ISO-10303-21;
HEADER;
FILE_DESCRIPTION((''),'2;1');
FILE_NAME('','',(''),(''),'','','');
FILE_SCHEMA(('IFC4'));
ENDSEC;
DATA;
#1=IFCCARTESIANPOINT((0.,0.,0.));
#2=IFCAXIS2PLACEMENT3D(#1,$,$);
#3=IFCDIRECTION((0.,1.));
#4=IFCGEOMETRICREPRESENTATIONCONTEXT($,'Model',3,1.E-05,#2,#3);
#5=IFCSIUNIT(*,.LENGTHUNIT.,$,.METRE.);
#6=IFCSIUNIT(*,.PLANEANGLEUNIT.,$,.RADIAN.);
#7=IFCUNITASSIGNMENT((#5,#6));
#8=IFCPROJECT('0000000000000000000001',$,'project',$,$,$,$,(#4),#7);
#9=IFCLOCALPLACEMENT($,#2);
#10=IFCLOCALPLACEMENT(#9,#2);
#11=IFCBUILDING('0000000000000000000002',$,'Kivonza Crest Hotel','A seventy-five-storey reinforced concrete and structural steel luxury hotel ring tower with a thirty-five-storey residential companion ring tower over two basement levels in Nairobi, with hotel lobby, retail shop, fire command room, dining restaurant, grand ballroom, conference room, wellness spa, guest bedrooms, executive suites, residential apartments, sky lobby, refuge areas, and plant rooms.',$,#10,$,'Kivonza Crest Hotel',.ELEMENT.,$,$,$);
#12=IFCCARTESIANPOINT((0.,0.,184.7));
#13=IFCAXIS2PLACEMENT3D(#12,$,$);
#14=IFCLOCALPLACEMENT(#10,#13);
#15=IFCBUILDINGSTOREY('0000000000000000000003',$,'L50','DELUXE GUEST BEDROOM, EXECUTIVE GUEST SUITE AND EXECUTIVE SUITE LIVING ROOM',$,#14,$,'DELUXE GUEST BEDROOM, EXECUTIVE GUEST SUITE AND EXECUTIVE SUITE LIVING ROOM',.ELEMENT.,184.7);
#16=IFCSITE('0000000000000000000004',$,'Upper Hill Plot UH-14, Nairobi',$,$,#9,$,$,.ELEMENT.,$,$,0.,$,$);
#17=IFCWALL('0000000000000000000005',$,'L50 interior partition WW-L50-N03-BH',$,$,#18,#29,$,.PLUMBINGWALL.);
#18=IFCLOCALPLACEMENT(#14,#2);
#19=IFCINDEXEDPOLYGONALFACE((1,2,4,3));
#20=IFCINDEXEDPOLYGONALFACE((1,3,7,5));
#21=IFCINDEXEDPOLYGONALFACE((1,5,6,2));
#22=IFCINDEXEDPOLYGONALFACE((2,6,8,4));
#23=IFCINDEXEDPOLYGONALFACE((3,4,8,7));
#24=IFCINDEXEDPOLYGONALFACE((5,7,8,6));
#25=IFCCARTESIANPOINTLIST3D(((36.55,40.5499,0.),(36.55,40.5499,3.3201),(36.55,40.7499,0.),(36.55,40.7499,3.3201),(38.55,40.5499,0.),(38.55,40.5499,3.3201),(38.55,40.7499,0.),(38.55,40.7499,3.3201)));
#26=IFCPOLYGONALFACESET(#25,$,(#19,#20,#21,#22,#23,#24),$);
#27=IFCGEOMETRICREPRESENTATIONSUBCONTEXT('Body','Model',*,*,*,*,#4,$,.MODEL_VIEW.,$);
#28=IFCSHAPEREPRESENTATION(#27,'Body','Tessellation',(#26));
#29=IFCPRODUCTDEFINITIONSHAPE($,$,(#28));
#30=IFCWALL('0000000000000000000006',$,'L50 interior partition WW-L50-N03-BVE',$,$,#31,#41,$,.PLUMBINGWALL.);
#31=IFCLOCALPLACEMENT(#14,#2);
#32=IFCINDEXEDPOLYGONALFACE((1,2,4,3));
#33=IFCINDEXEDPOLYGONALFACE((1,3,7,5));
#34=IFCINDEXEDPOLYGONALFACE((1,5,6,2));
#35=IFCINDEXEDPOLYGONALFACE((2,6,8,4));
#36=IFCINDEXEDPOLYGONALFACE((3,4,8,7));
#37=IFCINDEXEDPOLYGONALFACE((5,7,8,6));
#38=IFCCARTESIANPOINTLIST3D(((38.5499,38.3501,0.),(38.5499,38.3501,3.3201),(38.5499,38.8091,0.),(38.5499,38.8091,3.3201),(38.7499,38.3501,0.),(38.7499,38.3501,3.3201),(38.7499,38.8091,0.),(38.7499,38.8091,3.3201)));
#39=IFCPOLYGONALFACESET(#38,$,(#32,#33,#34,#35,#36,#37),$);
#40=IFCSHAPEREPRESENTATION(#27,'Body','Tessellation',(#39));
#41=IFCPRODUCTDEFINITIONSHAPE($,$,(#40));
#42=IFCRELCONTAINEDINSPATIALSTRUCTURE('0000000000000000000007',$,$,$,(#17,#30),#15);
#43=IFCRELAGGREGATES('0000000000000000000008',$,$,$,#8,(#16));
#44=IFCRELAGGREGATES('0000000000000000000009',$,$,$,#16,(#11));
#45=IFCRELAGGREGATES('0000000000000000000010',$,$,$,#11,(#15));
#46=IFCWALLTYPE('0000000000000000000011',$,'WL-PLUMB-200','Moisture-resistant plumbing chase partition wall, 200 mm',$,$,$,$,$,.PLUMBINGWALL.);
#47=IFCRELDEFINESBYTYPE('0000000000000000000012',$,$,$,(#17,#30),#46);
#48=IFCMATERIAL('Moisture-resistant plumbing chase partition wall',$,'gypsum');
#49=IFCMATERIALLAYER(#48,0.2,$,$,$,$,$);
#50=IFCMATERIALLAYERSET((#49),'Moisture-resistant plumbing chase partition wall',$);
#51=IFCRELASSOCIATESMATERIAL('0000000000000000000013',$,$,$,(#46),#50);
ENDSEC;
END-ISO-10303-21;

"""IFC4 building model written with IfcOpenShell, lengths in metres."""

from ifc_helpers import new_model, si_unit, direction, frame, frame_2d, origin, place, context, subcontext, project, spatial, rectangle, extrude, material, layer, layer_set, type_object, element, save


model = new_model("IFC4")

# Units and contexts
model_context = context("Model", 3, precision=1e-05, world=origin(), true_north=direction((0.0, 1.0)))
body_context = subcontext(model_context, "Body", "Model", "MODEL_VIEW")
ifc_project = project(units=[si_unit("LENGTHUNIT", "METRE"), si_unit("PLANEANGLEUNIT", "RADIAN")], contexts=[model_context])

# Site, building, storey
site_placement = place(None, origin())
site = spatial("IfcSite", under=ifc_project, at=site_placement, Name="Upper Hill Plot UH-14, Nairobi", CompositionType="ELEMENT", RefElevation=0.0)
building_placement = place(site_placement, origin())
building = spatial("IfcBuilding", under=site, at=building_placement, Name="Kivonza Crest Hotel", Description="A seventy-five-storey reinforced concrete and structural steel luxury hotel ring tower with a thirty-five-storey residential companion ring tower over two basement levels in Nairobi, with hotel lobby, retail shop, fire command room, dining restaurant, grand ballroom, conference room, wellness spa, guest bedrooms, executive suites, residential apartments, sky lobby, refuge areas, and plant rooms.", LongName="Kivonza Crest Hotel", CompositionType="ELEMENT")
storey_placement = place(building_placement, frame((0.0, 0.0, 184.7)))
storey = spatial("IfcBuildingStorey", under=building, at=storey_placement, Name="L50", Description="DELUXE GUEST BEDROOM, EXECUTIVE GUEST SUITE AND EXECUTIVE SUITE LIVING ROOM", LongName="DELUXE GUEST BEDROOM, EXECUTIVE GUEST SUITE AND EXECUTIVE SUITE LIVING ROOM", CompositionType="ELEMENT", Elevation=184.7)

# Shared definitions
ifc_material_1 = material(Name="Moisture-resistant plumbing chase partition wall", Category="gypsum")
ifc_layer_1 = layer(ifc_material_1, 0.2)
ifc_layer_set_1 = layer_set([ifc_layer_1], Name="Moisture-resistant plumbing chase partition wall")
wall_type_1 = type_object("IfcWallType", Name="WL-PLUMB-200", Description="Moisture-resistant plumbing chase partition wall, 200 mm", PredefinedType="PLUMBINGWALL", material=ifc_layer_set_1)

# Walls
wall_1_placement = place(storey_placement, frame((36.55, 40.6499, 0.0), z_axis=(0.0, 0.0, 1.0), x_axis=(1.0, 0.0, 0.0)))
element("IfcWall", 1, at=wall_1_placement, inside=storey, type_object=wall_type_1, Name="L50 interior partition WW-L50-N03-BH", PredefinedType="PLUMBINGWALL", context=body_context, shape_type="SweptSolid", body=[
    extrude(rectangle(XDim=2.0, YDim=0.2, at=frame_2d((1.0, 0.0))), origin(), (0.0, 0.0, 1.0), 3.3201),
])
wall_2_placement = place(storey_placement, frame((38.6499, 38.3501, 0.0), z_axis=(0.0, 0.0, 1.0), x_axis=(0.0, 1.0, 0.0)))
element("IfcWall", 2, at=wall_2_placement, inside=storey, type_object=wall_type_1, Name="L50 interior partition WW-L50-N03-BVE", PredefinedType="PLUMBINGWALL", context=body_context, shape_type="SweptSolid", body=[
    extrude(rectangle(XDim=0.459, YDim=0.2, at=frame_2d((0.2295, 0.0))), origin(), (0.0, 0.0, 1.0), 3.3201),
])

save(model, "model.ifc")
